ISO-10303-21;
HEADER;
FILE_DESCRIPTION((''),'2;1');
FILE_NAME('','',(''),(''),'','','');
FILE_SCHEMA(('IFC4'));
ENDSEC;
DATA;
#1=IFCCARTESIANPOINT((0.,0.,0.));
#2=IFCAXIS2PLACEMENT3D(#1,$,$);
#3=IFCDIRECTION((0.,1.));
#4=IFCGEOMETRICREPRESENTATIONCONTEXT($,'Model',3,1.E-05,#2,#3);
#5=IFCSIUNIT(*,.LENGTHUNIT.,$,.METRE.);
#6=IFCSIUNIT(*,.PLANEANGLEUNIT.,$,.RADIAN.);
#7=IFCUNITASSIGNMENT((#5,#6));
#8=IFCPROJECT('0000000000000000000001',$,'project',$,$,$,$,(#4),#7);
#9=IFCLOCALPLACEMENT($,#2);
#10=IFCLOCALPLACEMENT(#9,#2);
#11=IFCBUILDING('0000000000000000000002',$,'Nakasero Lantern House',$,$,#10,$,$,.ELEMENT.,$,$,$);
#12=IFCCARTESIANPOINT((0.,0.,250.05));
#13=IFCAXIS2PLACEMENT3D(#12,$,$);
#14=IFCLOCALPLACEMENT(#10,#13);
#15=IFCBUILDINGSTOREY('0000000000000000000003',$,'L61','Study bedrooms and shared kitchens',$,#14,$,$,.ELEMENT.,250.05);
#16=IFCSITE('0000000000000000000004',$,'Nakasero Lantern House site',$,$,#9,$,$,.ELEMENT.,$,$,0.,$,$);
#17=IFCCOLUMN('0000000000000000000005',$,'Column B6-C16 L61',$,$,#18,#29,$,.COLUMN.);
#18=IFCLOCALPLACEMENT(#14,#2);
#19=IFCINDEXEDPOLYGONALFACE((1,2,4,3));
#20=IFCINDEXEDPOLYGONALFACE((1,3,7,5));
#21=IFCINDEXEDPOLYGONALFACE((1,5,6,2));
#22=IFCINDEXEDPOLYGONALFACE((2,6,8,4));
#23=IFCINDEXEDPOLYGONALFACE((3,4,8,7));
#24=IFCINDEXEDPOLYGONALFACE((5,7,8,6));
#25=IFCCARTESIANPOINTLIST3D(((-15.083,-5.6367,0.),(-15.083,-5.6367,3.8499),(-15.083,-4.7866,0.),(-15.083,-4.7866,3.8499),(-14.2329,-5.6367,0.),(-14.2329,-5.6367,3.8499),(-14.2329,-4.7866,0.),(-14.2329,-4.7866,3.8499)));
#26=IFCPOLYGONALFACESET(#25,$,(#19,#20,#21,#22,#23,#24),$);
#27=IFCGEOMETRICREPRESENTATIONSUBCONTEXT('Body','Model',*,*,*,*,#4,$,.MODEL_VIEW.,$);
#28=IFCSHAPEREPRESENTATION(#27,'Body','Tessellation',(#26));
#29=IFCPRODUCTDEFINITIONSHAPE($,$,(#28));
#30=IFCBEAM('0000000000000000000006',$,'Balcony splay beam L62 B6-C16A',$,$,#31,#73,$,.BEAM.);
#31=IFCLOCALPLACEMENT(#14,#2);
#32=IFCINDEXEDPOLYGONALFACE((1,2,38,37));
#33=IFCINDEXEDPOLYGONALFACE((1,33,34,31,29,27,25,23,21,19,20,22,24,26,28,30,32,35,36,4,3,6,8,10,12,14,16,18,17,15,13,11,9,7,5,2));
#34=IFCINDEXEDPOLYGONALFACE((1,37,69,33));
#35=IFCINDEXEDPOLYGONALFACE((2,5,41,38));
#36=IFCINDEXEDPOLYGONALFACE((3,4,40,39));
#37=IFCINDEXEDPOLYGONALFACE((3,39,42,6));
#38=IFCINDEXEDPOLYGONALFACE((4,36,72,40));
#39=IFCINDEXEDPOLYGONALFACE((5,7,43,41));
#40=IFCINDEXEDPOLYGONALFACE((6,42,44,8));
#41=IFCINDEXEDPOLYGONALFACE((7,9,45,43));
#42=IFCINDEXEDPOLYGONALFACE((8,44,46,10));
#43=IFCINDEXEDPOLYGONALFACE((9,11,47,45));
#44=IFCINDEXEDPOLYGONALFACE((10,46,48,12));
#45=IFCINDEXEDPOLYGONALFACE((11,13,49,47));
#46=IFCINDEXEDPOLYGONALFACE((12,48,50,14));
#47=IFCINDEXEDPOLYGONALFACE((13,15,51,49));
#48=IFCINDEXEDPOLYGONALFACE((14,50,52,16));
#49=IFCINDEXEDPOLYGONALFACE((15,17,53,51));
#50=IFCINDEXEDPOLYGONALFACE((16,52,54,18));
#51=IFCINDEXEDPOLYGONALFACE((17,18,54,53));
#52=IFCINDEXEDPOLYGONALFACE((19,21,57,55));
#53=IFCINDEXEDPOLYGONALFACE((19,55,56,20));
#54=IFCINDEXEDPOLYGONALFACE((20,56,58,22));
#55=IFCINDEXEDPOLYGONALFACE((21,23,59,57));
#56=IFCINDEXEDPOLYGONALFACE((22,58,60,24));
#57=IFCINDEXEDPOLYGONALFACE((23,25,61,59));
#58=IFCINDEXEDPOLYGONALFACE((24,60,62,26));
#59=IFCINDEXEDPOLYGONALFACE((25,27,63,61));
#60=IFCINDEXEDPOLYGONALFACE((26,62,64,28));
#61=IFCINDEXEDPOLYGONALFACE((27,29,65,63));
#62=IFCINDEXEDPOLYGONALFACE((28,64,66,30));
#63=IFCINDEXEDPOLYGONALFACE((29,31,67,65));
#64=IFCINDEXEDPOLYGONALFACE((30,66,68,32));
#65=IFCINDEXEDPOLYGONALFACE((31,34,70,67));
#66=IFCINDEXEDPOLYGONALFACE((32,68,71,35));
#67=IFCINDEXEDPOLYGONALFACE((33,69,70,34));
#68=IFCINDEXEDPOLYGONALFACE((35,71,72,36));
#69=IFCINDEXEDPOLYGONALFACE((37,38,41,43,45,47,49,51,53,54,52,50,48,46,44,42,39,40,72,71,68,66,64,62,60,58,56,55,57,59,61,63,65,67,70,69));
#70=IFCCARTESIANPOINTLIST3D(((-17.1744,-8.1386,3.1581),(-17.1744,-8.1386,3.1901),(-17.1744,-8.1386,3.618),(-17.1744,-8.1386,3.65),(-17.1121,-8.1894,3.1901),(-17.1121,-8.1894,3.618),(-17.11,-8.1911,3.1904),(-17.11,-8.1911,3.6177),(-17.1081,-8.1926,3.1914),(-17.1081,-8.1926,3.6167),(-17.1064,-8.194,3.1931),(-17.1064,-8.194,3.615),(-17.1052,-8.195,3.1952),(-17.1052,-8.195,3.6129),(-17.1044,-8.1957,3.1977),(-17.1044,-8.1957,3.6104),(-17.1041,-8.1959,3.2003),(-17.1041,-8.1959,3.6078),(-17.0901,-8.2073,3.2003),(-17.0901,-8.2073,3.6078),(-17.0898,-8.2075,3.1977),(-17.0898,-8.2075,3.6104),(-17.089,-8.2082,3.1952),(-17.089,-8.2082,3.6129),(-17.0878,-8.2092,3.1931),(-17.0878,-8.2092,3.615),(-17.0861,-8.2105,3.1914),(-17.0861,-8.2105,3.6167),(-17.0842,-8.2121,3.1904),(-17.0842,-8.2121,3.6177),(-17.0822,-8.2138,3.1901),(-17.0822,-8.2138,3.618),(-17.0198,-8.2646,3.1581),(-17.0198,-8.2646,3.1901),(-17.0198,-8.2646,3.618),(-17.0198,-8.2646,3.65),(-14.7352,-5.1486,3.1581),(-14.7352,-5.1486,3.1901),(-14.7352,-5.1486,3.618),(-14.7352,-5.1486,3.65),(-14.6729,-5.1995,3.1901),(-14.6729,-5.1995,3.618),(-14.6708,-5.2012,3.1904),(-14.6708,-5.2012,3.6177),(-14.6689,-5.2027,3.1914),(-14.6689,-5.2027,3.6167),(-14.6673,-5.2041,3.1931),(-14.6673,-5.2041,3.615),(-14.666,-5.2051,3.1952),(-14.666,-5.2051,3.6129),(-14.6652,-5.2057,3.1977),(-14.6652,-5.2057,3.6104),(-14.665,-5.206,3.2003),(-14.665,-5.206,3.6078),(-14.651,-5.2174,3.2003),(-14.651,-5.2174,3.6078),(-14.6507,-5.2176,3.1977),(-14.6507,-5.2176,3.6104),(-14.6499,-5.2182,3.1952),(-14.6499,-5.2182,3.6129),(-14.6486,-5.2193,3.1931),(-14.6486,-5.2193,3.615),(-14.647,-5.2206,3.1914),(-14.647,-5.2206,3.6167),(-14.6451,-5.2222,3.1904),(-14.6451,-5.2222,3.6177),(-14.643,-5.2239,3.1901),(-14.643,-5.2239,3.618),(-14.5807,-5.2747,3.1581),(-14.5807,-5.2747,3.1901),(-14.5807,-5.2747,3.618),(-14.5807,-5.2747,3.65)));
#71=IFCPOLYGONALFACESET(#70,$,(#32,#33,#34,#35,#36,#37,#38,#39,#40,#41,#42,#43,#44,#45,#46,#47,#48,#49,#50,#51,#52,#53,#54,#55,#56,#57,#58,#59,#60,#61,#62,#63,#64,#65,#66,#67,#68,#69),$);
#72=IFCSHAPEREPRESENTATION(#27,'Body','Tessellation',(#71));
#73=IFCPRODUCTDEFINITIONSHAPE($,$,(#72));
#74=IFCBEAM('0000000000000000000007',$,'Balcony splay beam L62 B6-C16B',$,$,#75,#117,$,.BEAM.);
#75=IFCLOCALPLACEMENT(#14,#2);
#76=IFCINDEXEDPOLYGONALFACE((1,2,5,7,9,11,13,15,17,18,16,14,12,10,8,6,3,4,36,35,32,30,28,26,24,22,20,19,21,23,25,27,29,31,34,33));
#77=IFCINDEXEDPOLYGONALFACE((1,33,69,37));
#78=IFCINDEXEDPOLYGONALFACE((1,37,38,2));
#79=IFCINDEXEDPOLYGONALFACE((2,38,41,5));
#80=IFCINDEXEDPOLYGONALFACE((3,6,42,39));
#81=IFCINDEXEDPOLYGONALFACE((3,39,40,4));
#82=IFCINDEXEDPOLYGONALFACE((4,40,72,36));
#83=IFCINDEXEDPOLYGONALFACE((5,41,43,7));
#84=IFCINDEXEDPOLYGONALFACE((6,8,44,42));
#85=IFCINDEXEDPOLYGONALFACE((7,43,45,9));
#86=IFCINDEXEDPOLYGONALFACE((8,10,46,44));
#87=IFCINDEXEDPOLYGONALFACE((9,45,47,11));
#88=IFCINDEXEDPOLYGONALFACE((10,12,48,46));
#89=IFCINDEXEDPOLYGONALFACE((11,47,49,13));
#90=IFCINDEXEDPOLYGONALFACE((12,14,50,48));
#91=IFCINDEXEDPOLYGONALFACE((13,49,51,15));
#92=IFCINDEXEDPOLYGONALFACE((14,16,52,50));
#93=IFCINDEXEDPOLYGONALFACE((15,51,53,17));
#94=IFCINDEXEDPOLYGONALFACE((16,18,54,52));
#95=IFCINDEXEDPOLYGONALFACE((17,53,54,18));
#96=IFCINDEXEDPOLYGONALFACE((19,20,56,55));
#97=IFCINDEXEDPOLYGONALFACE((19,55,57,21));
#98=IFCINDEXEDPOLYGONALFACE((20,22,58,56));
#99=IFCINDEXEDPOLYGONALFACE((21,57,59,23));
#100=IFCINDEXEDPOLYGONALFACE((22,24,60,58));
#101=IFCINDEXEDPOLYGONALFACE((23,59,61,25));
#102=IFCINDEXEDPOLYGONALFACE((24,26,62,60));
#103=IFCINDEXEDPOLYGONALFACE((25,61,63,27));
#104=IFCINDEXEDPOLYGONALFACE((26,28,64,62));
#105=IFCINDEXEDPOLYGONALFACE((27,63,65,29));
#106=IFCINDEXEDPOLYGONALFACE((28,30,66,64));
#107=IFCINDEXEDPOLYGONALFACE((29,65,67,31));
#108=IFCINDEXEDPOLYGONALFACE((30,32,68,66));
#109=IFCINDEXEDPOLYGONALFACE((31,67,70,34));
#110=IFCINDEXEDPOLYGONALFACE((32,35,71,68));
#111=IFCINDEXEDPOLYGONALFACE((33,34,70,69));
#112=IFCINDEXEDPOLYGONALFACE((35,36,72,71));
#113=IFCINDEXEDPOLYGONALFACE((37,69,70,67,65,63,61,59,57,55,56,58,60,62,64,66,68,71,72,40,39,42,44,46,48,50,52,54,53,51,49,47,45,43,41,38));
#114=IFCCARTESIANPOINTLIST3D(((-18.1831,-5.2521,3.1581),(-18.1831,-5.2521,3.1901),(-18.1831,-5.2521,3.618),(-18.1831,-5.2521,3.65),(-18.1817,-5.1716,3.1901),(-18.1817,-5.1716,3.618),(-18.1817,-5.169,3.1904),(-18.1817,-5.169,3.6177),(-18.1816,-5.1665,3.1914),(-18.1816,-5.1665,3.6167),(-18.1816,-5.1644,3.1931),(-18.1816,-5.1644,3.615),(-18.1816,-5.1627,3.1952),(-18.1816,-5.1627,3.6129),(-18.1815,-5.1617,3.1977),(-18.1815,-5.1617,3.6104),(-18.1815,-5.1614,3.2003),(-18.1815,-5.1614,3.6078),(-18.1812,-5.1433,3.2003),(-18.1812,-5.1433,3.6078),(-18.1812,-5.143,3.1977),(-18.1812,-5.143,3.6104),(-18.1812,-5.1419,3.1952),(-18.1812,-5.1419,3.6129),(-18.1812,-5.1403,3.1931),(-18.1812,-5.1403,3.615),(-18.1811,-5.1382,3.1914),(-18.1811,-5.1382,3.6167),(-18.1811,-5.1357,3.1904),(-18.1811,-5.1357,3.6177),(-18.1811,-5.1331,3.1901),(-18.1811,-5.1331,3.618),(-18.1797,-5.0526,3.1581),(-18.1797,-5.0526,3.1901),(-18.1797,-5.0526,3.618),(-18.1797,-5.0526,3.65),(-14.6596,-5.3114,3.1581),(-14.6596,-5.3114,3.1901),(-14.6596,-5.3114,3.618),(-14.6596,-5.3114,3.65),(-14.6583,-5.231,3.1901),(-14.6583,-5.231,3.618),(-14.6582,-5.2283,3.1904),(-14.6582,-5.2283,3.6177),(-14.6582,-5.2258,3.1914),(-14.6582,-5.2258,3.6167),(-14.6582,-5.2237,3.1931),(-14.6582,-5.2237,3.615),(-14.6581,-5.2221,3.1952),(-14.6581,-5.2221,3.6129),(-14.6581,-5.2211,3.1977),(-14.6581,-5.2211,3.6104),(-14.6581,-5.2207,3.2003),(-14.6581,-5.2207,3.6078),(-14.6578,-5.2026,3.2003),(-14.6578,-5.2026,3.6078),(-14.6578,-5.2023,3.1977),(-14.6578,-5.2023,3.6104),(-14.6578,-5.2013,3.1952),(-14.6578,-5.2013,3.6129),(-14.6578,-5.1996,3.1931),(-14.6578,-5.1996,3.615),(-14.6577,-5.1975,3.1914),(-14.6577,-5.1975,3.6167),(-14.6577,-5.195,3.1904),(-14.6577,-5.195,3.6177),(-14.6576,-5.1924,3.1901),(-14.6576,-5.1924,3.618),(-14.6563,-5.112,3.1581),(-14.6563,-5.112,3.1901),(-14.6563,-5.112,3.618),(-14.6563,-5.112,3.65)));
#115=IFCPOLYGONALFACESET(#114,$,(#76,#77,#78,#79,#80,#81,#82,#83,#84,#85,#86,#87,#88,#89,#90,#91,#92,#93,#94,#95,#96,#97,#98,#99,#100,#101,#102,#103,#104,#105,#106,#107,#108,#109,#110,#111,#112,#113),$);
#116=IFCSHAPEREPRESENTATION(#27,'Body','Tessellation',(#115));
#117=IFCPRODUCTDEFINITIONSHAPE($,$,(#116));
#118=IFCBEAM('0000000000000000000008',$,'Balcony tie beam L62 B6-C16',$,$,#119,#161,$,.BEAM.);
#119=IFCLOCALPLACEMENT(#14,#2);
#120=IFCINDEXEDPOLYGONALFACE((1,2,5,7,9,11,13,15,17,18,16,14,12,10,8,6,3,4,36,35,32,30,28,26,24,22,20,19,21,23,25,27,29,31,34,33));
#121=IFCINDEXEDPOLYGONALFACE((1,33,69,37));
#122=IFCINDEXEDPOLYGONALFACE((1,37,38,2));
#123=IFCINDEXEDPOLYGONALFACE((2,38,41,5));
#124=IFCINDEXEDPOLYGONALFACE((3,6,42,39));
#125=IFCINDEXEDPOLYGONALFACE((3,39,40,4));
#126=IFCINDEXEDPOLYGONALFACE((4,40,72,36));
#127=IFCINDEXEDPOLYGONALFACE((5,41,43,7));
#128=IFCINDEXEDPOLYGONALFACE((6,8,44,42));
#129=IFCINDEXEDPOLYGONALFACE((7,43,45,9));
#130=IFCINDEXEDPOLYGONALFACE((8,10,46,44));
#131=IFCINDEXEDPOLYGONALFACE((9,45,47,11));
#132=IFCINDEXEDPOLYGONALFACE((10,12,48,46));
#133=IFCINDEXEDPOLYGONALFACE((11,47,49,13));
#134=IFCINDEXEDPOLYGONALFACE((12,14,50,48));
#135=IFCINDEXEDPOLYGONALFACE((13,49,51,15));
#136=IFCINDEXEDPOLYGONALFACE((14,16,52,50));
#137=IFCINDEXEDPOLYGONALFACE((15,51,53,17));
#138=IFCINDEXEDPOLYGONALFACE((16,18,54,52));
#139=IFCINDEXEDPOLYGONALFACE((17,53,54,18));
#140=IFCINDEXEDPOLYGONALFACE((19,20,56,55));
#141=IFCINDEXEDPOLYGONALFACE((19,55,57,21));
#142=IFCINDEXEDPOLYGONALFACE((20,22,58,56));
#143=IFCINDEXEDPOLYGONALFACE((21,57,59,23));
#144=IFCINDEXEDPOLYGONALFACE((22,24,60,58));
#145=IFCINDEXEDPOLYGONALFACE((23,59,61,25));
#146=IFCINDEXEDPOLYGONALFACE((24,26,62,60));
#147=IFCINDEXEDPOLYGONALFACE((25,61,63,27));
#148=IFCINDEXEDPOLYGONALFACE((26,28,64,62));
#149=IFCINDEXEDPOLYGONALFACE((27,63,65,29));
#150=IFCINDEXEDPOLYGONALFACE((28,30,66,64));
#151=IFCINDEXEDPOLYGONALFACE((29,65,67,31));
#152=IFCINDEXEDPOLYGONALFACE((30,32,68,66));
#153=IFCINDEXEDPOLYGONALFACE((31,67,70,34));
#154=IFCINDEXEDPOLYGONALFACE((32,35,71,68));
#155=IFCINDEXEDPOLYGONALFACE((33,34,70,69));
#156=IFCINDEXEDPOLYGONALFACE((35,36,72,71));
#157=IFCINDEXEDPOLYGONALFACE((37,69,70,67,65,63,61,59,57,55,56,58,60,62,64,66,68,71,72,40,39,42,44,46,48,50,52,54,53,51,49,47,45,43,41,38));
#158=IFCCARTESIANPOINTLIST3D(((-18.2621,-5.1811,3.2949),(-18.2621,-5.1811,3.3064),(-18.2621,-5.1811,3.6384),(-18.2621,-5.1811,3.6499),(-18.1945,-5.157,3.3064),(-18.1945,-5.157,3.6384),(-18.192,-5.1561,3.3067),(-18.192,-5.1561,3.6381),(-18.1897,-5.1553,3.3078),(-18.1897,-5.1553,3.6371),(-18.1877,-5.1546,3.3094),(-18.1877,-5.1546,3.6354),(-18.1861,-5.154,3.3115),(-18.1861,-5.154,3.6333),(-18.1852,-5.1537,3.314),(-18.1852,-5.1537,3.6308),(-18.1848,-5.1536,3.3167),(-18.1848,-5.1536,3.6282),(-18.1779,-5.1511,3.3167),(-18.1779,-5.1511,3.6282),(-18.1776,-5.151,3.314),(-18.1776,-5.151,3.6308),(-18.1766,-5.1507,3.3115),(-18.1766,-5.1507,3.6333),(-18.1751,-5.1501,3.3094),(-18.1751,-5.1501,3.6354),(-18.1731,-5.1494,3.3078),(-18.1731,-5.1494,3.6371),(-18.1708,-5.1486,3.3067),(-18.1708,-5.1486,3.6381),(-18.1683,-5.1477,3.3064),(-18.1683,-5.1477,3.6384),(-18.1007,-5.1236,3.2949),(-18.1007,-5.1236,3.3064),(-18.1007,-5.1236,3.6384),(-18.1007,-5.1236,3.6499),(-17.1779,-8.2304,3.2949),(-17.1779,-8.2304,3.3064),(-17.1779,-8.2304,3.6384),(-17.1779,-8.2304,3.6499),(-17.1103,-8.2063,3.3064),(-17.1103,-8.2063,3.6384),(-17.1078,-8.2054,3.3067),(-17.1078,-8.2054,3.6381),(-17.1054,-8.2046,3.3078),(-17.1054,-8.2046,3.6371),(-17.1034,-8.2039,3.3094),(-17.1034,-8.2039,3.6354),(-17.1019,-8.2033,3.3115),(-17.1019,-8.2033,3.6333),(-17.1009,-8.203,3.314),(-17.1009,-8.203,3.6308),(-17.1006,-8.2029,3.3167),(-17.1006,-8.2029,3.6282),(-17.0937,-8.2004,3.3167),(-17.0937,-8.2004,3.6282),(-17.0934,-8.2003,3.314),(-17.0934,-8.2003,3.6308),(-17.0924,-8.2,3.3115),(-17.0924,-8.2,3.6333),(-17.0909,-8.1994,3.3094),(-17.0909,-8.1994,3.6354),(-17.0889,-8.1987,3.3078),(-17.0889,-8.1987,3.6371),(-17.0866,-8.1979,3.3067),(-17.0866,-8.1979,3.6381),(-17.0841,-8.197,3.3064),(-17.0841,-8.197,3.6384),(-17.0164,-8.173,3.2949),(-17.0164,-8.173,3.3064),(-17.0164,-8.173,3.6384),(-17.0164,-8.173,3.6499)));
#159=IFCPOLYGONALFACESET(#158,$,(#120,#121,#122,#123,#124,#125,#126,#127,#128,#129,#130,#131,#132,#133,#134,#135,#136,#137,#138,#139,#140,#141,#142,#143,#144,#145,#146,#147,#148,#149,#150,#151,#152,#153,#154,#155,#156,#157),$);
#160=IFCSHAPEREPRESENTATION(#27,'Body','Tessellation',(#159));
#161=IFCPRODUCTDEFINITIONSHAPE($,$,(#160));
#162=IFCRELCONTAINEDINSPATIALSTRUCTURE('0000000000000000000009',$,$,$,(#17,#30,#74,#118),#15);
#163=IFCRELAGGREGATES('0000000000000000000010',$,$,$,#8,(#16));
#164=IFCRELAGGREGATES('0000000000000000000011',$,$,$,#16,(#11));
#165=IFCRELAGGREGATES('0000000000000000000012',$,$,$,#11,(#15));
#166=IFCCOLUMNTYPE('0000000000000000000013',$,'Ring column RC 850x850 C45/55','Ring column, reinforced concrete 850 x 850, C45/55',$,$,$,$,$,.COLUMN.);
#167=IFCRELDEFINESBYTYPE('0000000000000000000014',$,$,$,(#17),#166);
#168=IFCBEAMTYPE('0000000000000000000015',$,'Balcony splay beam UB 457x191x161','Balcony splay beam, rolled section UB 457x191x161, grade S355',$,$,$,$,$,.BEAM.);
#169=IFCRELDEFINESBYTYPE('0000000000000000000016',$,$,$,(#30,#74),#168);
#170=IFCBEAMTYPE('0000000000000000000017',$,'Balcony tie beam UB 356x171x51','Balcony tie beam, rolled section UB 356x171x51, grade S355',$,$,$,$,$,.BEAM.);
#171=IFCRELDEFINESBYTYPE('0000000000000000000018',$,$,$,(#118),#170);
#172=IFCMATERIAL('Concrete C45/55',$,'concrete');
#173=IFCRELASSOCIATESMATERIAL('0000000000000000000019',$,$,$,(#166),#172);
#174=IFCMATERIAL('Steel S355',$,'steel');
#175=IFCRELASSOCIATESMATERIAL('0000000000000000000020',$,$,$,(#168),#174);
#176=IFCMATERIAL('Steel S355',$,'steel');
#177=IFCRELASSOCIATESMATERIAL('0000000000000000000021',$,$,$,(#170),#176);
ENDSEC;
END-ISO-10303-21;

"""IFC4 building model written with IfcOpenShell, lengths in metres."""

from ifc_helpers import new_model, si_unit, direction, frame, origin, origin_2d, place, context, subcontext, project, spatial, rectangle, i_section, extrude, material, material_profile, profile_set, type_object, element, save


model = new_model("IFC4")

# Units and contexts
model_context = context("Model", 3, precision=1e-05, world=origin(), true_north=direction((0.0, 1.0)))
body_context = subcontext(model_context, "Body", "Model", "MODEL_VIEW")
ifc_project = project(units=[si_unit("LENGTHUNIT", "METRE"), si_unit("PLANEANGLEUNIT", "RADIAN")], contexts=[model_context])

# Site, building, storey
site_placement = place(None, origin())
site = spatial("IfcSite", under=ifc_project, at=site_placement, Name="Nakasero Lantern House site", CompositionType="ELEMENT", RefElevation=0.0)
building_placement = place(site_placement, origin())
building = spatial("IfcBuilding", under=site, at=building_placement, Name="Nakasero Lantern House", CompositionType="ELEMENT")
storey_placement = place(building_placement, frame((0.0, 0.0, 250.05)))
storey = spatial("IfcBuildingStorey", under=building, at=storey_placement, Name="L61", Description="Study bedrooms and shared kitchens", CompositionType="ELEMENT", Elevation=250.05)

# Column
ifc_material_1 = material(Name="Concrete C45/55", Category="concrete")
ifc_material_profile_1 = material_profile(ifc_material_1, rectangle(XDim=0.8501, YDim=0.8501, at=origin_2d()), Name="RC 850x850")
ifc_profile_set_1 = profile_set([ifc_material_profile_1], Name="Concrete C45/55")
column_type = type_object("IfcColumnType", Name="Ring column RC 850x850 C45/55", Description="Ring column, reinforced concrete 850 x 850, C45/55", PredefinedType="COLUMN", material=ifc_profile_set_1)
column_placement = place(storey_placement, frame((-14.658, -5.2117, 0.0), z_axis=(0.0, 0.0, 1.0), x_axis=(1.0, 0.0, 0.0)))
element("IfcColumn", 1, at=column_placement, inside=storey, type_object=column_type, Name="Column B6-C16 L61", PredefinedType="COLUMN", context=body_context, shape_type="SweptSolid", body=[
    extrude(rectangle(XDim=0.8501, YDim=0.8501, at=origin_2d()), origin(), (0.0, 0.0, 1.0), 3.8499),
])

# Beams
ifc_material_2 = material(Name="Steel S355", Category="steel")
ifc_material_profile_2 = material_profile(ifc_material_2, i_section(OverallWidth=0.1995, OverallDepth=0.4919, WebThickness=0.0181, FlangeThickness=0.032, FilletRadius=0.0103, at=origin_2d()), Name="UB 457x191x161")
ifc_profile_set_2 = profile_set([ifc_material_profile_2], Name="Steel S355")
beam_type_1 = type_object("IfcBeamType", Name="Balcony splay beam UB 457x191x161", Description="Balcony splay beam, rolled section UB 457x191x161, grade S355", PredefinedType="BEAM", material=ifc_profile_set_2)
beam_1_placement = place(storey_placement, frame((-14.658, -5.2117, 3.4041), z_axis=(-0.632128, -0.774864, 0.0), x_axis=(0.774864, -0.632128, 0.0)))
element("IfcBeam", 2, at=beam_1_placement, inside=storey, type_object=beam_type_1, Name="Balcony splay beam L62 B6-C16A", PredefinedType="BEAM", context=body_context, shape_type="SweptSolid", body=[
    extrude(i_section(OverallWidth=0.1995, OverallDepth=0.4919, WebThickness=0.0181, FlangeThickness=0.032, FilletRadius=0.0103, at=origin_2d()), origin(), (0.0, 0.0, 1.0), 3.8586),
])
beam_2_placement = place(storey_placement, frame((-14.658, -5.2117, 3.4041), z_axis=(-0.999858, 0.016835, 0.0), x_axis=(-0.016835, -0.999858, 0.0)))
element("IfcBeam", 3, at=beam_2_placement, inside=storey, type_object=beam_type_1, Name="Balcony splay beam L62 B6-C16B", PredefinedType="BEAM", context=body_context, shape_type="SweptSolid", body=[
    extrude(i_section(OverallWidth=0.1995, OverallDepth=0.4919, WebThickness=0.0181, FlangeThickness=0.032, FilletRadius=0.0103, at=origin_2d()), origin(), (0.0, 0.0, 1.0), 3.5239),
])
ifc_material_3 = material(Name="Steel S355", Category="steel")
ifc_material_profile_3 = material_profile(ifc_material_3, i_section(OverallWidth=0.1714, OverallDepth=0.355, WebThickness=0.0073, FlangeThickness=0.0115, FilletRadius=0.0103, at=origin_2d()), Name="UB 356x171x51")
ifc_profile_set_3 = profile_set([ifc_material_profile_3], Name="Steel S355")
beam_type_2 = type_object("IfcBeamType", Name="Balcony tie beam UB 356x171x51", Description="Balcony tie beam, rolled section UB 356x171x51, grade S355", PredefinedType="BEAM", material=ifc_profile_set_3)
beam_3_placement = place(storey_placement, frame((-17.0972, -8.2017, 3.4724), z_axis=(-0.335017, 0.942212, 0.0), x_axis=(-0.942212, -0.335017, 0.0)))
element("IfcBeam", 4, at=beam_3_placement, inside=storey, type_object=beam_type_2, Name="Balcony tie beam L62 B6-C16", PredefinedType="BEAM", context=body_context, shape_type="SweptSolid", body=[
    extrude(i_section(OverallWidth=0.1714, OverallDepth=0.355, WebThickness=0.0073, FlangeThickness=0.0115, FilletRadius=0.0103, at=origin_2d()), origin(), (0.0, 0.0, 1.0), 3.2363),
])

save(model, "model.ifc")
